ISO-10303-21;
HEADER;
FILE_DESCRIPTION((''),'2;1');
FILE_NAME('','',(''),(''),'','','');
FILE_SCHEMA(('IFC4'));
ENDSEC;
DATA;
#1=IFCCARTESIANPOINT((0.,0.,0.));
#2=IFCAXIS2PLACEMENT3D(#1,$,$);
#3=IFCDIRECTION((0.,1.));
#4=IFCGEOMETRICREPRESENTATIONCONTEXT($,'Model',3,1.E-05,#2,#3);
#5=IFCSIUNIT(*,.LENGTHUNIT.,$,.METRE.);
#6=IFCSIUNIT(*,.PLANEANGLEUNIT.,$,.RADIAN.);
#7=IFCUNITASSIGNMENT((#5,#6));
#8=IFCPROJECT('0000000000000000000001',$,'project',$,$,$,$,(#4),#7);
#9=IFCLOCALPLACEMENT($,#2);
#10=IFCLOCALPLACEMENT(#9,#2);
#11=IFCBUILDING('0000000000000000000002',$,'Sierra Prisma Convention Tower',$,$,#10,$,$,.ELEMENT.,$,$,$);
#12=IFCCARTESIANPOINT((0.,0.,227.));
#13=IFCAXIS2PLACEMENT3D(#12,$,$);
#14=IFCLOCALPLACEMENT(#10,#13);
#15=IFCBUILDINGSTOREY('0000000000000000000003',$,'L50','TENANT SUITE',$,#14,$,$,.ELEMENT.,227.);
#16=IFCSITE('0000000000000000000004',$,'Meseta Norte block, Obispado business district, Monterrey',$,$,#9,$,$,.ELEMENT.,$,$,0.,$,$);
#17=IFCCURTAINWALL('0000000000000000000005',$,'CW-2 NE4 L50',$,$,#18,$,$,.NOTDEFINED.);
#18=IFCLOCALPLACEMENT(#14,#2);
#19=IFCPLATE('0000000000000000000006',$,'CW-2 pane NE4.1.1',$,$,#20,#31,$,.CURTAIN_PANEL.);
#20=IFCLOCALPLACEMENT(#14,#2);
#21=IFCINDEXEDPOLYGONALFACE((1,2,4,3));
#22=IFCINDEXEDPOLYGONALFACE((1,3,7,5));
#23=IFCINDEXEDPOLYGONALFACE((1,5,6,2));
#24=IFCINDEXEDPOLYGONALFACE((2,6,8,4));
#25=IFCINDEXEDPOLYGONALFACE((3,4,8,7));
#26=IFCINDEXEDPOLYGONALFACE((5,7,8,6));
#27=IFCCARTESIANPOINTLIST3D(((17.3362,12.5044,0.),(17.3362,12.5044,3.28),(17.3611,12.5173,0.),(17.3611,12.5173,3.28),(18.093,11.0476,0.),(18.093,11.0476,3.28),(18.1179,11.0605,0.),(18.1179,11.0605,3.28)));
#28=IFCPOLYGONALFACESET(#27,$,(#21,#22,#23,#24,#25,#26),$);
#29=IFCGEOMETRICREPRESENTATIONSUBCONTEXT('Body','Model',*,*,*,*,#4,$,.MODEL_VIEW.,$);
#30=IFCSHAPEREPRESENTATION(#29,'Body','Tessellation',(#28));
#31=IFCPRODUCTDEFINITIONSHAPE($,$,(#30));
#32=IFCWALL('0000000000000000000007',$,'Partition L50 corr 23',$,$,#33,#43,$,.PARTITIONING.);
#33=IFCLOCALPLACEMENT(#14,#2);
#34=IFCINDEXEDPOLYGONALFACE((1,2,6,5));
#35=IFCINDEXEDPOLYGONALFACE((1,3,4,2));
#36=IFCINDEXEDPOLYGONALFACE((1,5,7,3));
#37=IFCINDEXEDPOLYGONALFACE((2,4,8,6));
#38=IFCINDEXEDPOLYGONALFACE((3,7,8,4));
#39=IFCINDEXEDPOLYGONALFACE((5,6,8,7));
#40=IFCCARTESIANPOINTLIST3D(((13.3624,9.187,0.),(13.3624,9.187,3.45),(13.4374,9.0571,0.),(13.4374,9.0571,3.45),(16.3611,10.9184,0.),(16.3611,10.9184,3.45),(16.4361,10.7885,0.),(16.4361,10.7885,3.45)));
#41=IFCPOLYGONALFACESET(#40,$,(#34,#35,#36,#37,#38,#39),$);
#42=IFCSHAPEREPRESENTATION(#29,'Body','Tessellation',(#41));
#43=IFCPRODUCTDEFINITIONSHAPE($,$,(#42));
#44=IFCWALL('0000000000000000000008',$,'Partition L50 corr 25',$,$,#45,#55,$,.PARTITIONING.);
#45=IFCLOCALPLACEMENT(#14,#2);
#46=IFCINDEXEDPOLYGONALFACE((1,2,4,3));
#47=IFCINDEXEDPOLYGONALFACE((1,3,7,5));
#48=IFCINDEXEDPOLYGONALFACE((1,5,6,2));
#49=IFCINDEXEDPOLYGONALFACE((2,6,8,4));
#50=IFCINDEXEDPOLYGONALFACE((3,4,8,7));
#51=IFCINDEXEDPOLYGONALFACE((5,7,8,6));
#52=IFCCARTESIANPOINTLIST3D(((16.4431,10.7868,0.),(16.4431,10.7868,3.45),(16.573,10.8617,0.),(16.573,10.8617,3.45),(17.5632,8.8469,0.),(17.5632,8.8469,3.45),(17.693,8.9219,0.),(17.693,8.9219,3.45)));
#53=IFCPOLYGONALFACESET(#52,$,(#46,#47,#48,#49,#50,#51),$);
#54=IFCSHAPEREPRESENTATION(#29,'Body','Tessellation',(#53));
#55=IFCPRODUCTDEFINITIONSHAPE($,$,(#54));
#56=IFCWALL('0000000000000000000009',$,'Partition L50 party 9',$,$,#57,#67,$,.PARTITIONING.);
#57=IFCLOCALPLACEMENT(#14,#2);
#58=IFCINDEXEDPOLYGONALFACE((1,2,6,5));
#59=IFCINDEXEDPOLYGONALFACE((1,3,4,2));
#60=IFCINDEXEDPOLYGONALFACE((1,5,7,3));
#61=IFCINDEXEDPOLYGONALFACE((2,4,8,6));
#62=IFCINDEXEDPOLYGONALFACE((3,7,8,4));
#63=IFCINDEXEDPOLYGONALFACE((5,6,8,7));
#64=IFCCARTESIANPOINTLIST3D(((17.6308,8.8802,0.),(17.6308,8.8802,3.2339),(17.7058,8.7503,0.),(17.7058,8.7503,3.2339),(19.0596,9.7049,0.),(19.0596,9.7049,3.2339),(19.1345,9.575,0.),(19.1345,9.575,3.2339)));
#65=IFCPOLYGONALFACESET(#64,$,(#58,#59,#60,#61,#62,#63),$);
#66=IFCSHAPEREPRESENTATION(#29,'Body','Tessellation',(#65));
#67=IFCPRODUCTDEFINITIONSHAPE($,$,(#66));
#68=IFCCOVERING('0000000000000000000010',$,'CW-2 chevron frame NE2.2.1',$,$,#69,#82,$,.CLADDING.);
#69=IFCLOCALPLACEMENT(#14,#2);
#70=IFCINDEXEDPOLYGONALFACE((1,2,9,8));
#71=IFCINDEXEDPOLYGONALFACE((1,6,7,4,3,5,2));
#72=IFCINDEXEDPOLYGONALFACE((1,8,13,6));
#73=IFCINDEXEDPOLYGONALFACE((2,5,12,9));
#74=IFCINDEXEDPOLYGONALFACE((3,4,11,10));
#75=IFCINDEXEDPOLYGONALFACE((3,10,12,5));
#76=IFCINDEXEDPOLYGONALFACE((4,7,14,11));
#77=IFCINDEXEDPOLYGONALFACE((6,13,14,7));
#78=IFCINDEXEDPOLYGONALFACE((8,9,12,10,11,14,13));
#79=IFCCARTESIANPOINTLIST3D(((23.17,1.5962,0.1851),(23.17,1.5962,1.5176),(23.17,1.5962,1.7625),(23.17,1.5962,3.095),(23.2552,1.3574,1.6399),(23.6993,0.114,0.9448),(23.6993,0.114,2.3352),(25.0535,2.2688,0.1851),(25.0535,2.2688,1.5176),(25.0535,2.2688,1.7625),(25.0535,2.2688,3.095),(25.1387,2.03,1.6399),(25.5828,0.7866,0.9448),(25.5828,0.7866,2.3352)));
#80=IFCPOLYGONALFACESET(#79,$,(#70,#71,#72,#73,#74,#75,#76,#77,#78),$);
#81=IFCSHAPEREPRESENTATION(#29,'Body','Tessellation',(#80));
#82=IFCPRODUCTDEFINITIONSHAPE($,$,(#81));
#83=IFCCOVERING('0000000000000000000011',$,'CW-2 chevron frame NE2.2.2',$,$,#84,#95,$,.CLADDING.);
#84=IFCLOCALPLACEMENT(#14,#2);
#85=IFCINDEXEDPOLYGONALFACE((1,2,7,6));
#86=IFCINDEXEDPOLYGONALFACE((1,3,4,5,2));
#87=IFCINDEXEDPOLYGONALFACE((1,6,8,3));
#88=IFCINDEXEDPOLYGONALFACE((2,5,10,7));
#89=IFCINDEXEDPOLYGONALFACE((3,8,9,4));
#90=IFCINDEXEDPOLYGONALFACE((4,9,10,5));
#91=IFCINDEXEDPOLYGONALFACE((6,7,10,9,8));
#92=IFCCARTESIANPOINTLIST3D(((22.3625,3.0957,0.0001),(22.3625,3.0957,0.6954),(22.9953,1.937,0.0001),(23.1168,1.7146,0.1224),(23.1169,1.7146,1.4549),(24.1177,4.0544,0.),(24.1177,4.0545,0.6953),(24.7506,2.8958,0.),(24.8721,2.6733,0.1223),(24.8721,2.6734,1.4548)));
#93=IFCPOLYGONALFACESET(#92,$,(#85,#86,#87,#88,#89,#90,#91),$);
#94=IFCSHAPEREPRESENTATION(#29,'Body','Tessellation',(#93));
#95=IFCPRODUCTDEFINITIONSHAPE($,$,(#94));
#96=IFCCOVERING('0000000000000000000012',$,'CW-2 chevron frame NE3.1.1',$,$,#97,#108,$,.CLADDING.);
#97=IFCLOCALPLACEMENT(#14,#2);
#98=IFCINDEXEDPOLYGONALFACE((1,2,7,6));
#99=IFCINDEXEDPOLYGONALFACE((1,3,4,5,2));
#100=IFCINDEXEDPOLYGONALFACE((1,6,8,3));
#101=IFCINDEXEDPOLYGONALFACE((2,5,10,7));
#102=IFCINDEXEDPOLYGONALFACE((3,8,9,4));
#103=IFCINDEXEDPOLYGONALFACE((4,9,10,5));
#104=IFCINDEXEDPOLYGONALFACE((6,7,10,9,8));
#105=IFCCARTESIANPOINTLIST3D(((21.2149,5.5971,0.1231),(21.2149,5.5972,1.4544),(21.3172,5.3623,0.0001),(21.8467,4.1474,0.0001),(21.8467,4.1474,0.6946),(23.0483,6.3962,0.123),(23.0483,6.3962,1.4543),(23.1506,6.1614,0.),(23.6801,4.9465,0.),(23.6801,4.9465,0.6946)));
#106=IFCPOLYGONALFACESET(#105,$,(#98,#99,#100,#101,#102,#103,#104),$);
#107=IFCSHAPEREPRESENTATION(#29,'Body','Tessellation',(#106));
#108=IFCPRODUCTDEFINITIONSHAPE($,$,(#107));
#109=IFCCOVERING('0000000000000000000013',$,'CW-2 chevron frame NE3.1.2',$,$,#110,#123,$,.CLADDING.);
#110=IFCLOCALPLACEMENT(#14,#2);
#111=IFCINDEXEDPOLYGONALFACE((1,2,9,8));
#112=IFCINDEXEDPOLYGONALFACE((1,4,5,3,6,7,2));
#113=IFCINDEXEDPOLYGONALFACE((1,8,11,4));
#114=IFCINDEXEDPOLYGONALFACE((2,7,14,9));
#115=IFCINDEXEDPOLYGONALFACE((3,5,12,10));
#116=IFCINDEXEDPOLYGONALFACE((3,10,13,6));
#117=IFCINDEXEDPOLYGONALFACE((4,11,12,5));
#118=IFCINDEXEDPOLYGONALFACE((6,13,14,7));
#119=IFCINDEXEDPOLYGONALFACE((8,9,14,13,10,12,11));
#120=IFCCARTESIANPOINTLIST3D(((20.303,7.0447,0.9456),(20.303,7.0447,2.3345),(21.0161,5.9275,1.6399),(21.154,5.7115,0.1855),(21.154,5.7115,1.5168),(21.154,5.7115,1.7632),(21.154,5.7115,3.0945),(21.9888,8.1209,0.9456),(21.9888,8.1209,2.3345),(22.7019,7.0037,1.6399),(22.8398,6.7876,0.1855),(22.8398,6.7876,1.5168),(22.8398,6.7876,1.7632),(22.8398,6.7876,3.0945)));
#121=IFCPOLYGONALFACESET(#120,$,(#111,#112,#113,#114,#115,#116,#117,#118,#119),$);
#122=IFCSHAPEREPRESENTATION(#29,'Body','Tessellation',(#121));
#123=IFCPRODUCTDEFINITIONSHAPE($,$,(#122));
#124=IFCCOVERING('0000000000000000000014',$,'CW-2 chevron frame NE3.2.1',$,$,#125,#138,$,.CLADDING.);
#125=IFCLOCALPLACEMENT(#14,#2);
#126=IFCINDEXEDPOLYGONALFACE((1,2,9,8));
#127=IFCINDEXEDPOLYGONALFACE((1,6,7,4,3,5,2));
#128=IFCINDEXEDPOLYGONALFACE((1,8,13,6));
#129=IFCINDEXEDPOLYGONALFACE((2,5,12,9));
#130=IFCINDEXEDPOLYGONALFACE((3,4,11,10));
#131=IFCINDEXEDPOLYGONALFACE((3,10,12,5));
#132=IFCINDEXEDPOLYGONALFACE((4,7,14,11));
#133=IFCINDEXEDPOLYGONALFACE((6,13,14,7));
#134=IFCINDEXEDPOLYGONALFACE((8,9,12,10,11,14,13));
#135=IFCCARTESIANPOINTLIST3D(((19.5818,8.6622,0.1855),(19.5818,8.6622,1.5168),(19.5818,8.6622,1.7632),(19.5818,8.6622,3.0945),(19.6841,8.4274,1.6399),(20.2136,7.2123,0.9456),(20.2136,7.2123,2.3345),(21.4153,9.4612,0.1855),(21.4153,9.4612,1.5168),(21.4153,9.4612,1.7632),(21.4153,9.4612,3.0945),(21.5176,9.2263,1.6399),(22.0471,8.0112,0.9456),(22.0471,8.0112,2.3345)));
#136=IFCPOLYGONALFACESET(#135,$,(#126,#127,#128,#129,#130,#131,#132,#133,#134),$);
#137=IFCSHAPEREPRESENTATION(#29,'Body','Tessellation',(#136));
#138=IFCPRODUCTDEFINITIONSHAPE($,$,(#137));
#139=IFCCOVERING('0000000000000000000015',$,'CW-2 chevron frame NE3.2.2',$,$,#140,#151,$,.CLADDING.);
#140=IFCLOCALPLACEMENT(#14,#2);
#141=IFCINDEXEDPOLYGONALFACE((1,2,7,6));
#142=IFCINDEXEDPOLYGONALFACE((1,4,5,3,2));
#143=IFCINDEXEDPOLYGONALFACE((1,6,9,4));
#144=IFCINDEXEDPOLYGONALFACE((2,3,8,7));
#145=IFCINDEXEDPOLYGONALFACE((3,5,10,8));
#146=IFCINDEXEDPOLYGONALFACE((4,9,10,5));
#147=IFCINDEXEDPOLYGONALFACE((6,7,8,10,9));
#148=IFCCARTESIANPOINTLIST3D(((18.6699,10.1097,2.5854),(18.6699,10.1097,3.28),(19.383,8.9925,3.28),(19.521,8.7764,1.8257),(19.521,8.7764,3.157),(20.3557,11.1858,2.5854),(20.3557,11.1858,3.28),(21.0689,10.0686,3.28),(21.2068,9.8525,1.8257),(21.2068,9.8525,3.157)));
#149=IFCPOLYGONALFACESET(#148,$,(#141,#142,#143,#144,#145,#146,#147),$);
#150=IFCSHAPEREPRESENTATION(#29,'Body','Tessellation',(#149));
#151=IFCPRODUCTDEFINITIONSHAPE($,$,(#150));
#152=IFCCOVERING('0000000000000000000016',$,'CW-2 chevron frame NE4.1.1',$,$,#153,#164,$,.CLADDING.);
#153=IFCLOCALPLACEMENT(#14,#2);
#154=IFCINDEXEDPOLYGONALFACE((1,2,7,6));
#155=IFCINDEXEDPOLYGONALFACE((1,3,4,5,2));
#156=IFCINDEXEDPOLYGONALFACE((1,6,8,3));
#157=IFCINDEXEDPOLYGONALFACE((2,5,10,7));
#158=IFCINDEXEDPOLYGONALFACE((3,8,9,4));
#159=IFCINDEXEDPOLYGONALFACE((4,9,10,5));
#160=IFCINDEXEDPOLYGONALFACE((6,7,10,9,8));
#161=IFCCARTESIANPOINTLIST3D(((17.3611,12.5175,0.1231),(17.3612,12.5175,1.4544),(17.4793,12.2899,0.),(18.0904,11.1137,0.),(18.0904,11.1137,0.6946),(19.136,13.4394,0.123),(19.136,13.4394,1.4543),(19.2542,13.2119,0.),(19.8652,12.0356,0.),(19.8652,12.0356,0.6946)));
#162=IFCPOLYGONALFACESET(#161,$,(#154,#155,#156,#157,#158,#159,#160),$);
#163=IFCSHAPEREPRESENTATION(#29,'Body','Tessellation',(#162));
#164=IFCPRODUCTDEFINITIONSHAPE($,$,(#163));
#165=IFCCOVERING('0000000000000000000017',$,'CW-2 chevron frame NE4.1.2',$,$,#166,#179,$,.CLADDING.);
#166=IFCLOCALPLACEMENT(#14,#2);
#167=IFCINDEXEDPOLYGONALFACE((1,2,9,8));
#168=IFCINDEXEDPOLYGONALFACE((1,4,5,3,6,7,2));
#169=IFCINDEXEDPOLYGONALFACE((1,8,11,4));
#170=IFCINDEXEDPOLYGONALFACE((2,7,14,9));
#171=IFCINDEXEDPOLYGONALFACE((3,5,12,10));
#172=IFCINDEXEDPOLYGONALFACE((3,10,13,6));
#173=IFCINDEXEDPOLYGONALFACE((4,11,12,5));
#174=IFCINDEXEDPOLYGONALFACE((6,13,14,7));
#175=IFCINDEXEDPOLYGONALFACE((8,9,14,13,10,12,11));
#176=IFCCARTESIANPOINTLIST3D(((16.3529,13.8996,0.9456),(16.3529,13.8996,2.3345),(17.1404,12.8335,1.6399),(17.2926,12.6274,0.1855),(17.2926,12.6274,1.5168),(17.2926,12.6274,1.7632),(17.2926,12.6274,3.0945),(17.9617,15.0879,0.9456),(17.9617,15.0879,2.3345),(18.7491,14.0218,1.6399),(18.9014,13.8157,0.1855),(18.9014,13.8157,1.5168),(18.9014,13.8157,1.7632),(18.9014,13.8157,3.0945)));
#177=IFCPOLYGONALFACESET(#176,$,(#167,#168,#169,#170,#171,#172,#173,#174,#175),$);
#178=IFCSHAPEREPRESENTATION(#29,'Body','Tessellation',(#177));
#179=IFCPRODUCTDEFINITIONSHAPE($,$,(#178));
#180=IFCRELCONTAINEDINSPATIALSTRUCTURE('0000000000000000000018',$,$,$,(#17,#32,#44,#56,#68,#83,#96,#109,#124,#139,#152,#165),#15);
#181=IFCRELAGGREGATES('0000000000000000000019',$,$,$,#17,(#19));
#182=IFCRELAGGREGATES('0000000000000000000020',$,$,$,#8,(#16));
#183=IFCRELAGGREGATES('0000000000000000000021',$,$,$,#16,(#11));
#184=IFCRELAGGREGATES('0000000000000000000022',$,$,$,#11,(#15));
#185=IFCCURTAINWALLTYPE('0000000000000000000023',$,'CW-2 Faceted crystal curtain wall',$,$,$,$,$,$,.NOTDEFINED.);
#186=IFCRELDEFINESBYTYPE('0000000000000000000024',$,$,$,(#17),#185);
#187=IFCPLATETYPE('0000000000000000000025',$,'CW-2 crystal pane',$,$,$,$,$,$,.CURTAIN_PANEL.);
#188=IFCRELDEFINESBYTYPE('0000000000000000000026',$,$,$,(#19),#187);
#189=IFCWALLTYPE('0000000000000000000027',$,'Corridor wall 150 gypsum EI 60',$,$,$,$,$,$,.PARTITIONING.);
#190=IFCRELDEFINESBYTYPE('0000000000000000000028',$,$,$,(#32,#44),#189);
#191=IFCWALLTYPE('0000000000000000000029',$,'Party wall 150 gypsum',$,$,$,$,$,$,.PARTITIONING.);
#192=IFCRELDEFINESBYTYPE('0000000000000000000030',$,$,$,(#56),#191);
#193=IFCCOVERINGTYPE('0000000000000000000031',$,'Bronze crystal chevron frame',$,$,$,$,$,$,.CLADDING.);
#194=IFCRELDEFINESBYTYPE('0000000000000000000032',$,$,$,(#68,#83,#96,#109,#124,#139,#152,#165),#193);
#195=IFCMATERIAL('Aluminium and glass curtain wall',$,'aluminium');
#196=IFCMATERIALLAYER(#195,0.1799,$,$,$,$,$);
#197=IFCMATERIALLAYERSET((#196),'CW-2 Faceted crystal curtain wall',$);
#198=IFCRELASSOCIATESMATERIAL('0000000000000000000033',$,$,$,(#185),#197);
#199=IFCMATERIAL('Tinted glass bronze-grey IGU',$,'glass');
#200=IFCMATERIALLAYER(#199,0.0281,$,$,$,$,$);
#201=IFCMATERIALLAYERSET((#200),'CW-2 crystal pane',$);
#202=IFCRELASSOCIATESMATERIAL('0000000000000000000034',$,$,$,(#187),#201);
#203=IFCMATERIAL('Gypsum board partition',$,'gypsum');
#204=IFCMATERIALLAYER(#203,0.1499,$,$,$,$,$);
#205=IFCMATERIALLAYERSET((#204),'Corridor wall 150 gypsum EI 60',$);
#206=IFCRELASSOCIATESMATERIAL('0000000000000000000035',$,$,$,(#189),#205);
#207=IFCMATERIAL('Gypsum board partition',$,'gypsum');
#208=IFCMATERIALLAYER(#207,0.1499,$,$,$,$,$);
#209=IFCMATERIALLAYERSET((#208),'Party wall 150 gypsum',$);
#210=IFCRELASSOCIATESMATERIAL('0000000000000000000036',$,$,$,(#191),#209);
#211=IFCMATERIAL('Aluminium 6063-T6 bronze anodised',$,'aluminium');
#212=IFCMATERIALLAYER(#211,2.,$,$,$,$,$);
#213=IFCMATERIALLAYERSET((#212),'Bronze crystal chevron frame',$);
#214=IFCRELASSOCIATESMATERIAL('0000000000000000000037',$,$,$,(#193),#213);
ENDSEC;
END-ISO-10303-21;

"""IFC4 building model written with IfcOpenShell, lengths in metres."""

from ifc_helpers import new_model, si_unit, direction, frame, frame_2d, origin, place, context, subcontext, project, spatial, polyline, rectangle, outline, extrude, material, layer, layer_set, type_object, element, aggregate, save


model = new_model("IFC4")

# Units and contexts
model_context = context("Model", 3, precision=1e-05, world=origin(), true_north=direction((0.0, 1.0)))
body_context = subcontext(model_context, "Body", "Model", "MODEL_VIEW")
ifc_project = project(units=[si_unit("LENGTHUNIT", "METRE"), si_unit("PLANEANGLEUNIT", "RADIAN")], contexts=[model_context])

# Site, building, storey
site_placement = place(None, origin())
site = spatial("IfcSite", under=ifc_project, at=site_placement, Name="Meseta Norte block, Obispado business district, Monterrey", CompositionType="ELEMENT", RefElevation=0.0)
building_placement = place(site_placement, origin())
building = spatial("IfcBuilding", under=site, at=building_placement, Name="Sierra Prisma Convention Tower", CompositionType="ELEMENT")
storey_placement = place(building_placement, frame((0.0, 0.0, 227.0)))
storey = spatial("IfcBuildingStorey", under=building, at=storey_placement, Name="L50", Description="TENANT SUITE", CompositionType="ELEMENT", Elevation=227.0)

# Shared definitions
ifc_material_1 = material(Name="Aluminium and glass curtain wall", Category="aluminium")
ifc_layer_1 = layer(ifc_material_1, 0.1799)
ifc_layer_set_1 = layer_set([ifc_layer_1], Name="CW-2 Faceted crystal curtain wall")
curtain_wall_type = type_object("IfcCurtainWallType", Name="CW-2 Faceted crystal curtain wall", PredefinedType="NOTDEFINED", material=ifc_layer_set_1)

# Curtain wall
curtain_wall_1_placement = place(storey_placement, origin())
curtain_wall_1 = element("IfcCurtainWall", 1, at=curtain_wall_1_placement, inside=storey, type_object=curtain_wall_type, Name="CW-2 NE4 L50", PredefinedType="NOTDEFINED")

# Plate
ifc_material_2 = material(Name="Tinted glass bronze-grey IGU", Category="glass")
ifc_layer_2 = layer(ifc_material_2, 0.0281)
ifc_layer_set_2 = layer_set([ifc_layer_2], Name="CW-2 crystal pane")
plate_type = type_object("IfcPlateType", Name="CW-2 crystal pane", PredefinedType="CURTAIN_PANEL", material=ifc_layer_set_2)
plate_1_placement = place(storey_placement, frame((18.1179, 11.0605, 0.0), z_axis=(0.88739, 0.46102, 0.0), x_axis=(-0.46102, 0.88739, 0.0)))
plate_1 = element("IfcPlate", 2, at=plate_1_placement, type_object=plate_type, Name="CW-2 pane NE4.1.1", PredefinedType="CURTAIN_PANEL", context=body_context, shape_type="SweptSolid", body=[
    extrude(outline(polyline([(0.0, 0.0), (1.6417, 0.0), (1.6417, 3.28), (0.0, 3.28), (0.0, 0.0)])), origin(), (0.0, 0.0, -1.0), 0.0281),
])
aggregate(curtain_wall_1, [plate_1])

# Walls
ifc_material_3 = material(Name="Gypsum board partition", Category="gypsum")
ifc_layer_3 = layer(ifc_material_3, 0.1499)
ifc_layer_set_3 = layer_set([ifc_layer_3], Name="Corridor wall 150 gypsum EI 60")
wall_type_1 = type_object("IfcWallType", Name="Corridor wall 150 gypsum EI 60", PredefinedType="PARTITIONING", material=ifc_layer_set_3)
wall_1_placement = place(storey_placement, frame((16.3987, 10.8535, 0.0), z_axis=(0.0, 0.0, 1.0), x_axis=(-0.866013, -0.500022, 0.0)))
element("IfcWall", 3, at=wall_1_placement, inside=storey, type_object=wall_type_1, Name="Partition L50 corr 23", PredefinedType="PARTITIONING", context=body_context, shape_type="SweptSolid", body=[
    extrude(rectangle(XDim=3.4626, YDim=0.1499, at=frame_2d((1.7314, 0.0))), origin(), (0.0, 0.0, 1.0), 3.45),
])
wall_2_placement = place(storey_placement, frame((17.6282, 8.8843, 0.0), z_axis=(0.0, 0.0, 1.0), x_axis=(-0.500031, 0.866008, 0.0)))
element("IfcWall", 4, at=wall_2_placement, inside=storey, type_object=wall_type_1, Name="Partition L50 corr 25", PredefinedType="PARTITIONING", context=body_context, shape_type="SweptSolid", body=[
    extrude(rectangle(XDim=2.24, YDim=0.1499, at=frame_2d((1.1201, 0.0))), origin(), (0.0, 0.0, 1.0), 3.45),
])
ifc_material_4 = material(Name="Gypsum board partition", Category="gypsum")
ifc_layer_4 = layer(ifc_material_4, 0.1499)
ifc_layer_set_4 = layer_set([ifc_layer_4], Name="Party wall 150 gypsum")
wall_type_2 = type_object("IfcWallType", Name="Party wall 150 gypsum", PredefinedType="PARTITIONING", material=ifc_layer_set_4)
wall_3_placement = place(storey_placement, frame((19.0969, 9.6399, 0.0), z_axis=(0.0, 0.0, 1.0), x_axis=(-0.866067, -0.499927, 0.0)))
element("IfcWall", 5, at=wall_3_placement, inside=storey, type_object=wall_type_2, Name="Partition L50 party 9", PredefinedType="PARTITIONING", context=body_context, shape_type="SweptSolid", body=[
    extrude(rectangle(XDim=1.6497, YDim=0.1499, at=frame_2d((0.8247, 0.0))), origin(), (0.0, 0.0, 1.0), 3.2339),
])

# Coverings
ifc_material_5 = material(Name="Aluminium 6063-T6 bronze anodised", Category="aluminium")
ifc_layer_5 = layer(ifc_material_5, 2.0)
ifc_layer_set_5 = layer_set([ifc_layer_5], Name="Bronze crystal chevron frame")
covering_type = type_object("IfcCoveringType", Name="Bronze crystal chevron frame", PredefinedType="CLADDING", material=ifc_layer_set_5)
covering_1_placement = place(storey_placement, frame((25.5828, 0.7866, 0.9448), z_axis=(0.941752, 0.336309, 0.0), x_axis=(-0.302865, 0.848101, -0.434738)))
element("IfcCovering", 6, at=covering_1_placement, inside=storey, type_object=covering_type, Name="CW-2 chevron frame NE2.2.1", PredefinedType="CLADDING", context=body_context, shape_type="SweptSolid", body=[
    extrude(outline(polyline([(0.0, 0.0), (1.7476, 0.0), (1.1683, 1.2), (0.8869, 1.1999), (1.0619, 1.4205), (0.4826, 2.6205), (-0.6045, 1.2521), (0.0, 0.0)])), origin(), (0.0, 0.0, -1.0), 2.0),
])
covering_2_placement = place(storey_placement, frame((24.8721, 2.6733, 0.1223), z_axis=(0.877612, 0.479371, -0.000039), x_axis=(-0.431748, 0.790391, -0.434598)))
element("IfcCovering", 7, at=covering_2_placement, inside=storey, type_object=covering_type, Name="CW-2 chevron frame NE2.2.2", PredefinedType="CLADDING", context=body_context, shape_type="SweptSolid", body=[
    extrude(outline(polyline([(0.0, 0.0), (0.2814, 0.0), (1.4705, 0.5738), (1.1683, 1.2), (-0.5791, 1.2001), (0.0, 0.0)])), origin(), (0.0, 0.0, -1.0), 2.0),
])
covering_3_placement = place(storey_placement, frame((23.1506, 6.1614, 0.0), z_axis=(0.916715, 0.399541, -0.000029), x_axis=(-0.360138, 0.82634, 0.43297)))
element("IfcCovering", 8, at=covering_3_placement, inside=storey, type_object=covering_type, Name="CW-2 chevron frame NE3.1.1", PredefinedType="CLADDING", context=body_context, shape_type="SweptSolid", body=[
    extrude(outline(polyline([(0.0, 0.0), (0.2842, 0.0), (0.8606, 1.2), (-0.8938, 1.1999), (-1.1946, 0.5738), (0.0, 0.0)])), origin(), (0.0, 0.0, -1.0), 2.0),
])
covering_4_placement = place(storey_placement, frame((22.8398, 6.7876, 1.5168), z_axis=(0.842905, 0.538063, 0.0), x_axis=(0.0, 0.0, -1.0)))
element("IfcCovering", 9, at=covering_4_placement, inside=storey, type_object=covering_type, Name="CW-2 chevron frame NE3.1.2", PredefinedType="CLADDING", context=body_context, shape_type="SweptSolid", body=[
    extrude(outline(polyline([(0.0, 0.0), (1.3313, 0.0), (0.5713, 1.5817), (-0.8176, 1.5817), (-1.5776, 0.0), (-0.2463, 0.0), (-0.123, 0.2563), (0.0, 0.0)])), origin(), (0.0, 0.0, -1.0), 2.0),
])
covering_5_placement = place(storey_placement, frame((22.0471, 8.0112, 0.9456), z_axis=(0.91674, 0.399484, 0.0), x_axis=(-0.360071, 0.826294, -0.433113)))
element("IfcCovering", 10, at=covering_5_placement, inside=storey, type_object=covering_type, Name="CW-2 chevron frame NE3.2.1", PredefinedType="CLADDING", context=body_context, shape_type="SweptSolid", body=[
    extrude(outline(polyline([(0.0, 0.0), (1.7548, 0.0), (1.1782, 1.2), (0.894, 1.1999), (1.0715, 1.422), (0.4949, 2.6219), (-0.6016, 1.2519), (0.0, 0.0)])), origin(), (0.0, 0.0, -1.0), 2.0),
])
covering_6_placement = place(storey_placement, frame((21.2068, 9.8525, 1.8257), z_axis=(0.842905, 0.538063, 0.000006), x_axis=(-0.485015, 0.759797, 0.432978)))
element("IfcCovering", 11, at=covering_6_placement, inside=storey, type_object=covering_type, Name="CW-2 chevron frame NE3.2.2", PredefinedType="CLADDING", context=body_context, shape_type="SweptSolid", body=[
    extrude(outline(polyline([(0.0, 0.0), (1.7547, 0.0), (2.0555, 0.6261), (0.8608, 1.2), (0.5764, 1.2), (0.0, 0.0)])), origin(), (0.0, 0.0, -1.0), 2.0),
])
covering_7_placement = place(storey_placement, frame((19.2542, 13.2119, 0.0), z_axis=(0.887406, 0.460989, -0.000016), x_axis=(-0.4156, 0.800046, 0.43267)))
element("IfcCovering", 12, at=covering_7_placement, inside=storey, type_object=covering_type, Name="CW-2 chevron frame NE4.1.1", PredefinedType="CLADDING", context=body_context, shape_type="SweptSolid", body=[
    extrude(outline(polyline([(0.0, 0.0), (0.2844, 0.0), (0.8604, 1.2002), (-0.8945, 1.1997), (-1.195, 0.5735), (0.0, 0.0)])), origin(), (0.0, 0.0, -1.0), 2.0),
])
covering_8_placement = place(storey_placement, frame((18.9014, 13.8157, 1.5168), z_axis=(0.804371, 0.594127, 0.0), x_axis=(0.0, 0.0, -1.0)))
element("IfcCovering", 13, at=covering_8_placement, inside=storey, type_object=covering_type, Name="CW-2 chevron frame NE4.1.2", PredefinedType="CLADDING", context=body_context, shape_type="SweptSolid", body=[
    extrude(outline(polyline([(0.0, 0.0), (1.3313, 0.0), (0.5713, 1.5816), (-0.8176, 1.5816), (-1.5776, 0.0), (-0.2463, 0.0), (-0.123, 0.2563), (0.0, 0.0)])), origin(), (0.0, 0.0, -1.0), 2.0),
])

save(model, "model.ifc")
